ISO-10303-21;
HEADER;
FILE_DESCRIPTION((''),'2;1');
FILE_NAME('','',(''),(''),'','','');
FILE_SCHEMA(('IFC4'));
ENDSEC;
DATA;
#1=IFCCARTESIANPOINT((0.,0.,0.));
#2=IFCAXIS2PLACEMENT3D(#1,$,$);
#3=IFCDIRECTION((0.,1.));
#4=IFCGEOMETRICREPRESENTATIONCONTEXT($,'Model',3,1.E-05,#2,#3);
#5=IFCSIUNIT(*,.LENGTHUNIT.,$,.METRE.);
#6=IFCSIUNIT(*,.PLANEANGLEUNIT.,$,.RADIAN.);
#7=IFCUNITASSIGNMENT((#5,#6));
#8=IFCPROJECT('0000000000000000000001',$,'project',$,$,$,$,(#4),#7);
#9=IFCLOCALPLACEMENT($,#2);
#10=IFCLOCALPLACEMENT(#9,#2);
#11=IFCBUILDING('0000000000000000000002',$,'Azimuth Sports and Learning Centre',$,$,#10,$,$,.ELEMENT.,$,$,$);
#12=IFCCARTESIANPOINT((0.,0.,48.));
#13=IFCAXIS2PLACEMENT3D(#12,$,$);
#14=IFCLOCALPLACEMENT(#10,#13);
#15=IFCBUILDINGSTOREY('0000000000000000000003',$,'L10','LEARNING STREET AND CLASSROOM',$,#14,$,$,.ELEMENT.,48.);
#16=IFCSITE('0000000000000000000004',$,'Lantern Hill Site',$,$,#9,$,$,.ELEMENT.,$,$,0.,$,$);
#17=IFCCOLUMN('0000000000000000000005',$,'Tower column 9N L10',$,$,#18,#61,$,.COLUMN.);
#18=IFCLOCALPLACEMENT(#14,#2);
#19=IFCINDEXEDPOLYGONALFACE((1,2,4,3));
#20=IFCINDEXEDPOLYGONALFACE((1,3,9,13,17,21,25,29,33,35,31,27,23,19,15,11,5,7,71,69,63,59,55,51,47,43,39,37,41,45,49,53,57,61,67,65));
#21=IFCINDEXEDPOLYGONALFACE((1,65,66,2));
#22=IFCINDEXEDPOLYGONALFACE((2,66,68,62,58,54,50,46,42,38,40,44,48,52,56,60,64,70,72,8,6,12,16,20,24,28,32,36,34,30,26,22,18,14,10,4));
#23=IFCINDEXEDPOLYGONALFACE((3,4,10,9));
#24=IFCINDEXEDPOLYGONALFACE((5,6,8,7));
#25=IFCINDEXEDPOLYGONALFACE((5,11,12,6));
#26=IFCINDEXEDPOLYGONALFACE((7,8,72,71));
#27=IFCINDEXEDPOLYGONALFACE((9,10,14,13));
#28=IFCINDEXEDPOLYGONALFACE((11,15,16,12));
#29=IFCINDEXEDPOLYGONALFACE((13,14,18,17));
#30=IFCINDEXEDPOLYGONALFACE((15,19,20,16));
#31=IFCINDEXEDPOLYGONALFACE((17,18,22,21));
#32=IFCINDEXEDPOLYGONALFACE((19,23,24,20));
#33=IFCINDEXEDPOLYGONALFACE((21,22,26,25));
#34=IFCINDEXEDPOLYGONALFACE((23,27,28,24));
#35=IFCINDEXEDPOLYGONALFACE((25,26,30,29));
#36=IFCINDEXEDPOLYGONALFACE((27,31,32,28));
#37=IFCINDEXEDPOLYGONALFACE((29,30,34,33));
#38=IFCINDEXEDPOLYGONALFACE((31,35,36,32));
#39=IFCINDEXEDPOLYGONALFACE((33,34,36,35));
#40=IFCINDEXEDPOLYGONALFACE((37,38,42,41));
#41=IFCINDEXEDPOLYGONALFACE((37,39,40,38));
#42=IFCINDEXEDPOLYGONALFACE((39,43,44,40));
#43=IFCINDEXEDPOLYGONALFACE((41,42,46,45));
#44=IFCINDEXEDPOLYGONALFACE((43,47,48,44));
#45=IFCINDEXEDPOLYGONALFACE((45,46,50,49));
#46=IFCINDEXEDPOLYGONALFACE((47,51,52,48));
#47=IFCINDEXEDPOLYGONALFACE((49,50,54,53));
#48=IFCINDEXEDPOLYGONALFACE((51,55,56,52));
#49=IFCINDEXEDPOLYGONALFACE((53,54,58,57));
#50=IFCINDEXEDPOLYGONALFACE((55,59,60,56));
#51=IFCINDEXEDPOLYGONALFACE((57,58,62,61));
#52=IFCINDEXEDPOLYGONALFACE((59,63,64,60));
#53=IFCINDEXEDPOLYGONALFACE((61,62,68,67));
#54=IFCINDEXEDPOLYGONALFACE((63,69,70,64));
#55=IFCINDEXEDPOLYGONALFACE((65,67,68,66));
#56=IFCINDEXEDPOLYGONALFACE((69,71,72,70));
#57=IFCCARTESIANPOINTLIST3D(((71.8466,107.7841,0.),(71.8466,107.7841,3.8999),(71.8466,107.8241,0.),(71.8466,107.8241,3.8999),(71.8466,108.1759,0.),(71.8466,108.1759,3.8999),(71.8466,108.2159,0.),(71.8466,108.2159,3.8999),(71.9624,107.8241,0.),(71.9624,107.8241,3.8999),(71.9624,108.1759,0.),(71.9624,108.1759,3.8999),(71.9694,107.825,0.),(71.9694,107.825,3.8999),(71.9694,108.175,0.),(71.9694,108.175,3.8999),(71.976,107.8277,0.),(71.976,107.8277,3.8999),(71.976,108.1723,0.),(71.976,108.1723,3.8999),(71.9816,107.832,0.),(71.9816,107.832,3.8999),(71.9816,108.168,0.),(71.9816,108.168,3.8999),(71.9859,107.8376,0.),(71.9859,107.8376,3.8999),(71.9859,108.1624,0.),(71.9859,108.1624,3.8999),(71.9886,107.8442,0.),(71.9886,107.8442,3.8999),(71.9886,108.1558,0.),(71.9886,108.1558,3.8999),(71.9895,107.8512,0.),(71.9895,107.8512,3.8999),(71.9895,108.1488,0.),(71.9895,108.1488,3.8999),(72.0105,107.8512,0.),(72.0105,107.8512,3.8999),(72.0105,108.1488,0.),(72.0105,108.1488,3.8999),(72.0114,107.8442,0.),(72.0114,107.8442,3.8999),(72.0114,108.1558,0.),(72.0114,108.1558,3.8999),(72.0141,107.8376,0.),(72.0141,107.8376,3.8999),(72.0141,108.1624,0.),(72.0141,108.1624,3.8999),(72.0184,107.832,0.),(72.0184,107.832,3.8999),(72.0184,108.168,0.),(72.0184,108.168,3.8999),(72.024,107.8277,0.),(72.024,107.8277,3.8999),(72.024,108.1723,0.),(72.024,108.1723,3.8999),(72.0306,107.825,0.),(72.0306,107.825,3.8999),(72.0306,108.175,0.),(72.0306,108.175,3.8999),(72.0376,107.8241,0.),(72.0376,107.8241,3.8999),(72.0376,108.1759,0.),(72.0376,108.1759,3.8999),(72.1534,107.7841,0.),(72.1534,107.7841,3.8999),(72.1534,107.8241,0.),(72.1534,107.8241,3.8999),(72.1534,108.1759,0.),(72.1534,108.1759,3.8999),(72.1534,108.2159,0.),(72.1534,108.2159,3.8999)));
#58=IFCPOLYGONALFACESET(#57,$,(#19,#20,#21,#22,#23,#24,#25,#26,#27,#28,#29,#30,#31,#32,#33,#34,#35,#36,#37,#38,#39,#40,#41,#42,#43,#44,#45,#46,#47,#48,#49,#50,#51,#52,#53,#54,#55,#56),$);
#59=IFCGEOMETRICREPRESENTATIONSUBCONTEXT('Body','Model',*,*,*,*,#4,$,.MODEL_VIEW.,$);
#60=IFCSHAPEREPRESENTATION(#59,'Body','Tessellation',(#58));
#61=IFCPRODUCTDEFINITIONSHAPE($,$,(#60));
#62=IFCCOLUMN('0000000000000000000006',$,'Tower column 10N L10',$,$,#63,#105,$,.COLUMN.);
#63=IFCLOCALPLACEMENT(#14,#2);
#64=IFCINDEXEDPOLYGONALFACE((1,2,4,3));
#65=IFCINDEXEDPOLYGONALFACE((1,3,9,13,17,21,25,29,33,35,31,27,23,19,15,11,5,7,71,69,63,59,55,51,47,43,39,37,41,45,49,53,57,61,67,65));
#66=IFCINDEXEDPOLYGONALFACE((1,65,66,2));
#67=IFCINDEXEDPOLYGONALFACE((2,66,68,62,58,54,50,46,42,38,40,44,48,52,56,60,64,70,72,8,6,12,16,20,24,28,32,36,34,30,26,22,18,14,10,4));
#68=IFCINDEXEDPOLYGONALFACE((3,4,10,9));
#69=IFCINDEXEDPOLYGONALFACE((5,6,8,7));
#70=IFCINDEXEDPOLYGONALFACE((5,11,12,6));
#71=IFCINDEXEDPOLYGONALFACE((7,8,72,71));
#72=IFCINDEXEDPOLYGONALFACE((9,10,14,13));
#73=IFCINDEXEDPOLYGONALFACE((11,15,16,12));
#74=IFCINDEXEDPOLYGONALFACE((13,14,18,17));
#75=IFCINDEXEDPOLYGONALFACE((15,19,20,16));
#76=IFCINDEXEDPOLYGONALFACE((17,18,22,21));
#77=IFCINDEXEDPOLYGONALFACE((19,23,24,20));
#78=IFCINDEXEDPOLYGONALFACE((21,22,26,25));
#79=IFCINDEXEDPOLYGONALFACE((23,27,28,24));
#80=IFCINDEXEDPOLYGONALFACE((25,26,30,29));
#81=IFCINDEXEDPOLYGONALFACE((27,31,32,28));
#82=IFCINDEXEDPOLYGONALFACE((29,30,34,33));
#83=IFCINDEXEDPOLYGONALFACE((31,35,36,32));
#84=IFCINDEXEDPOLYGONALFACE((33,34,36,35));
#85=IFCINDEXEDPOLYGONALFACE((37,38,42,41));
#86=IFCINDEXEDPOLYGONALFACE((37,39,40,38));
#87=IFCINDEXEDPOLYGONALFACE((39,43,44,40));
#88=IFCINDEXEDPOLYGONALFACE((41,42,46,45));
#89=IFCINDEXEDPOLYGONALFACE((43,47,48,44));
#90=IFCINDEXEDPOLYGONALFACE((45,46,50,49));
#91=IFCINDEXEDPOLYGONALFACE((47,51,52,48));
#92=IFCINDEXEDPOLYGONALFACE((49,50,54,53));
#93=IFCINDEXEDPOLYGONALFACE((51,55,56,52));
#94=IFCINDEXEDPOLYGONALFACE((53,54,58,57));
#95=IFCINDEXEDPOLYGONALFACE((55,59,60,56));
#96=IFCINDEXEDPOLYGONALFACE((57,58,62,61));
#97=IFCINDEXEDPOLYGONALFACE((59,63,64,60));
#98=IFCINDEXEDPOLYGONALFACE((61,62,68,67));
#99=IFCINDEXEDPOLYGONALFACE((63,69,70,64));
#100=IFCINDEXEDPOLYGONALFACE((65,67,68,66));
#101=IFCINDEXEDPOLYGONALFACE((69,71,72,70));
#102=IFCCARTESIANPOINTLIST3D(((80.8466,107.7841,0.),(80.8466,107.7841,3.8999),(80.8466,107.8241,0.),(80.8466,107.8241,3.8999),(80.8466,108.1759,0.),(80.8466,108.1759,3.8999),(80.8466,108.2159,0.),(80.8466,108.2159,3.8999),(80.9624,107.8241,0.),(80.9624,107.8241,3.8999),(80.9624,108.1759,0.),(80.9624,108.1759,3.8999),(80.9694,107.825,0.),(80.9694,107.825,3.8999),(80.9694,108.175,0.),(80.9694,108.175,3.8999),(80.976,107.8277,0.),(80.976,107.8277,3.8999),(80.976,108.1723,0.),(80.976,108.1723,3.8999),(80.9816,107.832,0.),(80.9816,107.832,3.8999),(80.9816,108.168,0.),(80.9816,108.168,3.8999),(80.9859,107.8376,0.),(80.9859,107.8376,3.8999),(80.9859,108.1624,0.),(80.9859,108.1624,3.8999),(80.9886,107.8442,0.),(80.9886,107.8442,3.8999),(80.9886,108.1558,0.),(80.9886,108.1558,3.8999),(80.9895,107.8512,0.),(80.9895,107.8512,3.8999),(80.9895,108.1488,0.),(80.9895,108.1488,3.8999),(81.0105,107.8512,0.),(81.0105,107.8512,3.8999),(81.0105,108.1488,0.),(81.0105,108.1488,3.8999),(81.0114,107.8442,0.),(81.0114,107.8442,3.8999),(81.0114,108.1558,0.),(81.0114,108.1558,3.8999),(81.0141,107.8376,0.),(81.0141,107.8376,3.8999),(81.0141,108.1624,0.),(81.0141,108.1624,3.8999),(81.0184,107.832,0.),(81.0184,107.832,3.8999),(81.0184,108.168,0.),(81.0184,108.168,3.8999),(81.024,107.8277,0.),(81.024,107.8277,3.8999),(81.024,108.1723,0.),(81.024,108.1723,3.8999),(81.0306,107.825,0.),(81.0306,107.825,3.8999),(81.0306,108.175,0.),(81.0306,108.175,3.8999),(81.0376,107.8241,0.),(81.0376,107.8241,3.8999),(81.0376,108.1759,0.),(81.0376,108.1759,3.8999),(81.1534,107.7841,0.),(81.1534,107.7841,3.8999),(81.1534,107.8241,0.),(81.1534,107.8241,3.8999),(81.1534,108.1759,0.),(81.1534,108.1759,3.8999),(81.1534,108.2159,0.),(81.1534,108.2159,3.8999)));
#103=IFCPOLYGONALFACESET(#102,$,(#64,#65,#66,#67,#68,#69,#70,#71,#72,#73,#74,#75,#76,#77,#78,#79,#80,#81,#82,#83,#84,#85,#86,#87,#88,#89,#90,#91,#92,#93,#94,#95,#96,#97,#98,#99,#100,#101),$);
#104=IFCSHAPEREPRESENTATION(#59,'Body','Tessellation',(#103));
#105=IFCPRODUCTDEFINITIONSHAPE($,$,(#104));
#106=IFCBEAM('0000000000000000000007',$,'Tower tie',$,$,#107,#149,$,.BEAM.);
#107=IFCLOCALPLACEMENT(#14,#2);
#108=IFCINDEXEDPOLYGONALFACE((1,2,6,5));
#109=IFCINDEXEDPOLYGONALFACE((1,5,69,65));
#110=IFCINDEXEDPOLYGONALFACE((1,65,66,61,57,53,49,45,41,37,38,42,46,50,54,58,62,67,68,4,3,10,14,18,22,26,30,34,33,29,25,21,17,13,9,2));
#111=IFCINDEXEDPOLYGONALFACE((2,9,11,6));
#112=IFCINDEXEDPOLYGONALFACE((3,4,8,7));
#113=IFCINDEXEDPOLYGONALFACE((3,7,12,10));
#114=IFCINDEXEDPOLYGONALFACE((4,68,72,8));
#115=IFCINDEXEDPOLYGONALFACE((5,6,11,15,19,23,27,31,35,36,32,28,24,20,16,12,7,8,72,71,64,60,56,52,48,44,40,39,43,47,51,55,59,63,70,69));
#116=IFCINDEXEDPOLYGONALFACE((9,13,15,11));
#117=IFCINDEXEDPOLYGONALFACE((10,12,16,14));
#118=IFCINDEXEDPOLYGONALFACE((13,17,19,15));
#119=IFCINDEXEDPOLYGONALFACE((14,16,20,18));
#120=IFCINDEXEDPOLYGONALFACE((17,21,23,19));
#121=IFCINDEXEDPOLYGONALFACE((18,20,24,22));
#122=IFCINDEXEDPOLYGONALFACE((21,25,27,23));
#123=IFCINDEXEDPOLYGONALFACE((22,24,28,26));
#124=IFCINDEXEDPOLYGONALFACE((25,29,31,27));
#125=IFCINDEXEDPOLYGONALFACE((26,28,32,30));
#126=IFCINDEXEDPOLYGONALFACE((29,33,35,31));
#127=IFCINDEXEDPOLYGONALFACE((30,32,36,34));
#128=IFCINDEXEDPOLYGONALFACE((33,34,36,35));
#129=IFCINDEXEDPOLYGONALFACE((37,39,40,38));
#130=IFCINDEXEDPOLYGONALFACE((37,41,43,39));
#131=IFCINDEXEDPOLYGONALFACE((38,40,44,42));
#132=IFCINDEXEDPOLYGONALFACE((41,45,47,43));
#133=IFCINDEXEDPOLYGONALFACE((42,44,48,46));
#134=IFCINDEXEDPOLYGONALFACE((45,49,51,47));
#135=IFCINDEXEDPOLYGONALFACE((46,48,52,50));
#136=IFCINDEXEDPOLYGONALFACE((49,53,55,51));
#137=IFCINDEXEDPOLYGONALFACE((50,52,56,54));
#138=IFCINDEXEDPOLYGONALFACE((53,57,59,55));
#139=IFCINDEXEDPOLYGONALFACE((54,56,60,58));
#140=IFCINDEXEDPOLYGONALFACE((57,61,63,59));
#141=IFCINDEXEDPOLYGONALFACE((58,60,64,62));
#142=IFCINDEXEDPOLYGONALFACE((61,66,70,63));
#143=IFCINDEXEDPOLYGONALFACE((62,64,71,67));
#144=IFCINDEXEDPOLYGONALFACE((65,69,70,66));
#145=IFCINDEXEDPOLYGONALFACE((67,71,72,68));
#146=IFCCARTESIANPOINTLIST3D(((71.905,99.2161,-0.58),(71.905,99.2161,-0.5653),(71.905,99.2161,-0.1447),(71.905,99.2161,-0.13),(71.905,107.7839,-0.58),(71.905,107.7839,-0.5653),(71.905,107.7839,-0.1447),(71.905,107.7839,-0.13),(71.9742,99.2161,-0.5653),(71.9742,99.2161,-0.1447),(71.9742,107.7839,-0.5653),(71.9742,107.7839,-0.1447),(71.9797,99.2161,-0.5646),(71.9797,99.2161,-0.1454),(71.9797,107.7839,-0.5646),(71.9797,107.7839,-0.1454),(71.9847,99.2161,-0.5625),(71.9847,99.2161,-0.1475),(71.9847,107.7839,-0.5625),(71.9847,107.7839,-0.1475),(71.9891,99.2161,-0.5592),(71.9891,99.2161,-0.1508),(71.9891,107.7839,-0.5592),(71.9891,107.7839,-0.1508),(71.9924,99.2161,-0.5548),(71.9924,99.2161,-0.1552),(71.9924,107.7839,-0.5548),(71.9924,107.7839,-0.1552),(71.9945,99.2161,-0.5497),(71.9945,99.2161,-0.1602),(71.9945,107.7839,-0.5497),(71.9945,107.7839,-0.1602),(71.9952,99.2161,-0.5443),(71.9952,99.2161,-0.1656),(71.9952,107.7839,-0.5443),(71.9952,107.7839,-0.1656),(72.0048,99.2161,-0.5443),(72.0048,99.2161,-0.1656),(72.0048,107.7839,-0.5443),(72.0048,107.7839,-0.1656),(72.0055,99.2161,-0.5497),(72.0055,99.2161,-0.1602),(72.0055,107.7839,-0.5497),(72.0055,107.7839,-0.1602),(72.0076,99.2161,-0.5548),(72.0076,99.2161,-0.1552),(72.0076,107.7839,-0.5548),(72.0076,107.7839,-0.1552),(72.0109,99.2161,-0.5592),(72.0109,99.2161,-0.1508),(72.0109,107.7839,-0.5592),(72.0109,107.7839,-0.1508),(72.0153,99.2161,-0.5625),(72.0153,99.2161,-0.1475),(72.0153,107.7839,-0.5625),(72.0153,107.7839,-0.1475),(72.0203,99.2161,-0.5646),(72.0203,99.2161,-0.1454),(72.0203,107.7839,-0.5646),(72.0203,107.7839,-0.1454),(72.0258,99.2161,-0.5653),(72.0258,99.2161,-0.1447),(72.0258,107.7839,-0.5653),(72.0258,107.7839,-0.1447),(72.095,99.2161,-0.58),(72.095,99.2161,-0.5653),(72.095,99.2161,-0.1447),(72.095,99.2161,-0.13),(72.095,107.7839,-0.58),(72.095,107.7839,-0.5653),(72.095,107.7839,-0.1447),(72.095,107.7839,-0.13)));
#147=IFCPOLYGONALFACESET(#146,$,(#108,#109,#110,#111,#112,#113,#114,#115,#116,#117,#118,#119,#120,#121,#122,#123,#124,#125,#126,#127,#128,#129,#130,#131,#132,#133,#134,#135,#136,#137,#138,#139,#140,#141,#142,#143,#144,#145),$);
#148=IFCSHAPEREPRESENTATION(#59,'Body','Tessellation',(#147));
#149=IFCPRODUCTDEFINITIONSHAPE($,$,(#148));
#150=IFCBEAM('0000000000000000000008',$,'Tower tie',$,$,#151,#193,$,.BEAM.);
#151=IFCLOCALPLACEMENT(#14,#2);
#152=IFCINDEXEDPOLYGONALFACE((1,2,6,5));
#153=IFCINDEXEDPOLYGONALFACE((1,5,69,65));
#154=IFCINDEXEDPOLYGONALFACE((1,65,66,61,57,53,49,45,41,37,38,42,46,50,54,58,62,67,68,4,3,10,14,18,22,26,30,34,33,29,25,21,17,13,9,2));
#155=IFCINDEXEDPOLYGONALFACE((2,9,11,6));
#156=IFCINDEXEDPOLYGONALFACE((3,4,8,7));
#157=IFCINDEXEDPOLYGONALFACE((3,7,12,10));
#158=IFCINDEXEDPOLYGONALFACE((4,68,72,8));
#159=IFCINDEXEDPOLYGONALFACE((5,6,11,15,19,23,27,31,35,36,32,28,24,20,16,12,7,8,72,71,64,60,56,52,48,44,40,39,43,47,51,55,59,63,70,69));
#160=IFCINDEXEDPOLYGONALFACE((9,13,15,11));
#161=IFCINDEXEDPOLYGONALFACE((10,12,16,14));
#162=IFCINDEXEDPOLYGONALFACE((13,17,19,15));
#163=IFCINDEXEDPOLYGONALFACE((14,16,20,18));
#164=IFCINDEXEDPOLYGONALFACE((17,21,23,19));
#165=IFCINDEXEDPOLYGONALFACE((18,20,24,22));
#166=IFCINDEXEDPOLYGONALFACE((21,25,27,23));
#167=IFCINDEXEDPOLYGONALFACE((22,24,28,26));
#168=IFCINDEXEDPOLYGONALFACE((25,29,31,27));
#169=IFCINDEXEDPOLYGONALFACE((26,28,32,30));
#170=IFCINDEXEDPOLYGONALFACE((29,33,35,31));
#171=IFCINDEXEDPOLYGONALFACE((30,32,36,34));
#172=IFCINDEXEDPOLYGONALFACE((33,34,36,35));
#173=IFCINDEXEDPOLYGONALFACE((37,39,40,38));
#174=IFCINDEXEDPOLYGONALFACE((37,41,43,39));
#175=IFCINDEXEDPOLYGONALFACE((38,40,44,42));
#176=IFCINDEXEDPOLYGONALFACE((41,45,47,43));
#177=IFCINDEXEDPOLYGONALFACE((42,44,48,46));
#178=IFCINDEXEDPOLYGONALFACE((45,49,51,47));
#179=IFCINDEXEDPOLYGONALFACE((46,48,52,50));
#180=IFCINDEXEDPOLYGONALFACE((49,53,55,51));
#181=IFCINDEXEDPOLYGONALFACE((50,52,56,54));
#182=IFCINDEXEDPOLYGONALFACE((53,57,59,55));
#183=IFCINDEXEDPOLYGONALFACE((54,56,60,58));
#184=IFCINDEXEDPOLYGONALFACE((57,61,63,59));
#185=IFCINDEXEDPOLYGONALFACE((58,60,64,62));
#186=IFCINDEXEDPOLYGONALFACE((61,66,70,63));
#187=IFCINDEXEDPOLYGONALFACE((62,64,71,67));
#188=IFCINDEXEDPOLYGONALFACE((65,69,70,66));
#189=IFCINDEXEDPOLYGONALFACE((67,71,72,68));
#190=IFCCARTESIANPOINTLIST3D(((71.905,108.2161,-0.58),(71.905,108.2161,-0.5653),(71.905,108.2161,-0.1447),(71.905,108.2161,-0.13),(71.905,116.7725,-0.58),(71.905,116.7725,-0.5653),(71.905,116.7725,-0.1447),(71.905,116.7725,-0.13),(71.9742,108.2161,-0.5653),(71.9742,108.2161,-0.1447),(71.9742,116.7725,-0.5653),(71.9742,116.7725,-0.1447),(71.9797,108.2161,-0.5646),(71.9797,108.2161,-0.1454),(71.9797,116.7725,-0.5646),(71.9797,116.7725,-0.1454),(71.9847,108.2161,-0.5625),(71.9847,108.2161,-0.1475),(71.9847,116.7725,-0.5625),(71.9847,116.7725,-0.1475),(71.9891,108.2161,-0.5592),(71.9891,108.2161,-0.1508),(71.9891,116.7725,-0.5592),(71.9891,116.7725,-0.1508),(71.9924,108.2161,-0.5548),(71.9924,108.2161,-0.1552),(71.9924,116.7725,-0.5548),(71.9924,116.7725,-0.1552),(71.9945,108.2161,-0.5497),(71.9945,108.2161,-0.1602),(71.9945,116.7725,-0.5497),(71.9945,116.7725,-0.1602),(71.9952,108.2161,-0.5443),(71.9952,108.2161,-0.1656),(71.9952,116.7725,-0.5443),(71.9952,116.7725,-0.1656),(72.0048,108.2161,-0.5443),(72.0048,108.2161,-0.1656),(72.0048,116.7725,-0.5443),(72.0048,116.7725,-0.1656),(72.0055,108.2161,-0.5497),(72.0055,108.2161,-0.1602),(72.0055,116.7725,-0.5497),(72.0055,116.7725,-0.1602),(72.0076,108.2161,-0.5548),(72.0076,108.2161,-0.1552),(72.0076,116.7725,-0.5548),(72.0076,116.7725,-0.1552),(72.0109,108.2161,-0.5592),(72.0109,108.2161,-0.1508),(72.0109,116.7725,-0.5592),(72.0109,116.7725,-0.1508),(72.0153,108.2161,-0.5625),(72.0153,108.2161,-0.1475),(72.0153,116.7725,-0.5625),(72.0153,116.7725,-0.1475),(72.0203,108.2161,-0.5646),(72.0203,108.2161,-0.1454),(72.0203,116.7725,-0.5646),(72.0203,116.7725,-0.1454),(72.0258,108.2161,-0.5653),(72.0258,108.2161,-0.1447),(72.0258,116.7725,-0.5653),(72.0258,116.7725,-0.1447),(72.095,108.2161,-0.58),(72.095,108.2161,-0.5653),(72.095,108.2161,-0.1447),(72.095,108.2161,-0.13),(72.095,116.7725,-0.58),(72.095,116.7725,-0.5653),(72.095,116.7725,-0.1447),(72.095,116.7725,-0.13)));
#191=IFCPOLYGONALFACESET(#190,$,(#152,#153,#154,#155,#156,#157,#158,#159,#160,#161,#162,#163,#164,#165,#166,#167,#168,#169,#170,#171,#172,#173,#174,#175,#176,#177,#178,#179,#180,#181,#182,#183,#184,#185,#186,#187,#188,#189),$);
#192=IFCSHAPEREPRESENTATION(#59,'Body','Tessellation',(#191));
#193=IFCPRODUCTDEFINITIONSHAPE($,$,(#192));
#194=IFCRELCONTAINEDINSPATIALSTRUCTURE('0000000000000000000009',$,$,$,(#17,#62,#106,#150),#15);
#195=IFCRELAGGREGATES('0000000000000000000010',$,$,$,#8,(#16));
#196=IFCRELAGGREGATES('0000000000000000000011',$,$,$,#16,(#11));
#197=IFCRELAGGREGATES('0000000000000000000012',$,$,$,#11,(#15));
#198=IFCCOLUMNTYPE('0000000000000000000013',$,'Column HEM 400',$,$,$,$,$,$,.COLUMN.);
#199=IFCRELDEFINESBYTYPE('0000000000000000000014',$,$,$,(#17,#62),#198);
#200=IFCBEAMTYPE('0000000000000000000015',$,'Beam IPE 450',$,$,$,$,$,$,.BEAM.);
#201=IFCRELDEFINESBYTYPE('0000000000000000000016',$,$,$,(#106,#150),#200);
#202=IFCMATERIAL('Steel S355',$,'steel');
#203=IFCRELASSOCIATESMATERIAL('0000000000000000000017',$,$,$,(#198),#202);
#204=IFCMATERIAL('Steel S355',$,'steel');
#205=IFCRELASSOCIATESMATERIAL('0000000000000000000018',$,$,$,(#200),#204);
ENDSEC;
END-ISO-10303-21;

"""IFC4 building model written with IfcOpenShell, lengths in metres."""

from ifc_helpers import new_model, si_unit, direction, frame, origin, origin_2d, place, context, subcontext, project, spatial, i_section, extrude, material, material_profile, profile_set, type_object, element, save


model = new_model("IFC4")

# Units and contexts
model_context = context("Model", 3, precision=1e-05, world=origin(), true_north=direction((0.0, 1.0)))
body_context = subcontext(model_context, "Body", "Model", "MODEL_VIEW")
ifc_project = project(units=[si_unit("LENGTHUNIT", "METRE"), si_unit("PLANEANGLEUNIT", "RADIAN")], contexts=[model_context])

# Site, building, storey
site_placement = place(None, origin())
site = spatial("IfcSite", under=ifc_project, at=site_placement, Name="Lantern Hill Site", CompositionType="ELEMENT", RefElevation=0.0)
building_placement = place(site_placement, origin())
building = spatial("IfcBuilding", under=site, at=building_placement, Name="Azimuth Sports and Learning Centre", CompositionType="ELEMENT")
storey_placement = place(building_placement, frame((0.0, 0.0, 48.0)))
storey = spatial("IfcBuildingStorey", under=building, at=storey_placement, Name="L10", Description="LEARNING STREET AND CLASSROOM", CompositionType="ELEMENT", Elevation=48.0)

# Columns
ifc_material_1 = material(Name="Steel S355", Category="steel")
ifc_material_profile_1 = material_profile(ifc_material_1, i_section(OverallWidth=0.3069, OverallDepth=0.4319, WebThickness=0.021, FlangeThickness=0.04, FilletRadius=0.0271, at=origin_2d()), Name="HEM 400")
ifc_profile_set_1 = profile_set([ifc_material_profile_1], Name="Steel S355")
column_type = type_object("IfcColumnType", Name="Column HEM 400", PredefinedType="COLUMN", material=ifc_profile_set_1)
for number, where, z_axis, x_axis, name in (
    (1, (72.0, 108.0, 0.0), (0.0, 0.0, 1.0), (1.0, 0.0, 0.0), "Tower column 9N L10"),
    (2, (81.0, 108.0, 0.0), (0.0, 0.0, 1.0), (1.0, 0.0, 0.0), "Tower column 10N L10"),
):
    element("IfcColumn", number, at=place(storey_placement, frame(where, z_axis=z_axis, x_axis=x_axis)), inside=storey, type_object=column_type, Name=name, PredefinedType="COLUMN", context=body_context, shape_type="SweptSolid", body=[
        extrude(i_section(OverallWidth=0.3069, OverallDepth=0.4319, WebThickness=0.021, FlangeThickness=0.04, FilletRadius=0.0271, at=origin_2d()), origin(), (0.0, 0.0, 1.0), 3.8999),
    ])

# Beams
ifc_material_2 = material(Name="Steel S355", Category="steel")
ifc_material_profile_2 = material_profile(ifc_material_2, i_section(OverallWidth=0.1899, OverallDepth=0.45, WebThickness=0.0095, FlangeThickness=0.0146, FilletRadius=0.021, at=origin_2d()), Name="IPE 450")
ifc_profile_set_2 = profile_set([ifc_material_profile_2], Name="Steel S355")
beam_type_1 = type_object("IfcBeamType", Name="Beam IPE 450", PredefinedType="BEAM", material=ifc_profile_set_2)
beam_1_placement = place(storey_placement, frame((72.0, 99.2161, -0.355), z_axis=(0.0, 1.0, 0.0), x_axis=(-1.0, 0.0, 0.0)))
element("IfcBeam", 3, at=beam_1_placement, inside=storey, type_object=beam_type_1, Name="Tower tie", PredefinedType="BEAM", context=body_context, shape_type="SweptSolid", body=[
    extrude(i_section(OverallWidth=0.1899, OverallDepth=0.45, WebThickness=0.0095, FlangeThickness=0.0146, FilletRadius=0.021, at=origin_2d()), origin(), (0.0, 0.0, 1.0), 8.5679),
])
beam_2_placement = place(storey_placement, frame((72.0, 108.2161, -0.355), z_axis=(0.0, 1.0, 0.0), x_axis=(-1.0, 0.0, 0.0)))
element("IfcBeam", 4, at=beam_2_placement, inside=storey, type_object=beam_type_1, Name="Tower tie", PredefinedType="BEAM", context=body_context, shape_type="SweptSolid", body=[
    extrude(i_section(OverallWidth=0.1899, OverallDepth=0.45, WebThickness=0.0095, FlangeThickness=0.0146, FilletRadius=0.021, at=origin_2d()), origin(), (0.0, 0.0, 1.0), 8.5564),
])

save(model, "model.ifc")
